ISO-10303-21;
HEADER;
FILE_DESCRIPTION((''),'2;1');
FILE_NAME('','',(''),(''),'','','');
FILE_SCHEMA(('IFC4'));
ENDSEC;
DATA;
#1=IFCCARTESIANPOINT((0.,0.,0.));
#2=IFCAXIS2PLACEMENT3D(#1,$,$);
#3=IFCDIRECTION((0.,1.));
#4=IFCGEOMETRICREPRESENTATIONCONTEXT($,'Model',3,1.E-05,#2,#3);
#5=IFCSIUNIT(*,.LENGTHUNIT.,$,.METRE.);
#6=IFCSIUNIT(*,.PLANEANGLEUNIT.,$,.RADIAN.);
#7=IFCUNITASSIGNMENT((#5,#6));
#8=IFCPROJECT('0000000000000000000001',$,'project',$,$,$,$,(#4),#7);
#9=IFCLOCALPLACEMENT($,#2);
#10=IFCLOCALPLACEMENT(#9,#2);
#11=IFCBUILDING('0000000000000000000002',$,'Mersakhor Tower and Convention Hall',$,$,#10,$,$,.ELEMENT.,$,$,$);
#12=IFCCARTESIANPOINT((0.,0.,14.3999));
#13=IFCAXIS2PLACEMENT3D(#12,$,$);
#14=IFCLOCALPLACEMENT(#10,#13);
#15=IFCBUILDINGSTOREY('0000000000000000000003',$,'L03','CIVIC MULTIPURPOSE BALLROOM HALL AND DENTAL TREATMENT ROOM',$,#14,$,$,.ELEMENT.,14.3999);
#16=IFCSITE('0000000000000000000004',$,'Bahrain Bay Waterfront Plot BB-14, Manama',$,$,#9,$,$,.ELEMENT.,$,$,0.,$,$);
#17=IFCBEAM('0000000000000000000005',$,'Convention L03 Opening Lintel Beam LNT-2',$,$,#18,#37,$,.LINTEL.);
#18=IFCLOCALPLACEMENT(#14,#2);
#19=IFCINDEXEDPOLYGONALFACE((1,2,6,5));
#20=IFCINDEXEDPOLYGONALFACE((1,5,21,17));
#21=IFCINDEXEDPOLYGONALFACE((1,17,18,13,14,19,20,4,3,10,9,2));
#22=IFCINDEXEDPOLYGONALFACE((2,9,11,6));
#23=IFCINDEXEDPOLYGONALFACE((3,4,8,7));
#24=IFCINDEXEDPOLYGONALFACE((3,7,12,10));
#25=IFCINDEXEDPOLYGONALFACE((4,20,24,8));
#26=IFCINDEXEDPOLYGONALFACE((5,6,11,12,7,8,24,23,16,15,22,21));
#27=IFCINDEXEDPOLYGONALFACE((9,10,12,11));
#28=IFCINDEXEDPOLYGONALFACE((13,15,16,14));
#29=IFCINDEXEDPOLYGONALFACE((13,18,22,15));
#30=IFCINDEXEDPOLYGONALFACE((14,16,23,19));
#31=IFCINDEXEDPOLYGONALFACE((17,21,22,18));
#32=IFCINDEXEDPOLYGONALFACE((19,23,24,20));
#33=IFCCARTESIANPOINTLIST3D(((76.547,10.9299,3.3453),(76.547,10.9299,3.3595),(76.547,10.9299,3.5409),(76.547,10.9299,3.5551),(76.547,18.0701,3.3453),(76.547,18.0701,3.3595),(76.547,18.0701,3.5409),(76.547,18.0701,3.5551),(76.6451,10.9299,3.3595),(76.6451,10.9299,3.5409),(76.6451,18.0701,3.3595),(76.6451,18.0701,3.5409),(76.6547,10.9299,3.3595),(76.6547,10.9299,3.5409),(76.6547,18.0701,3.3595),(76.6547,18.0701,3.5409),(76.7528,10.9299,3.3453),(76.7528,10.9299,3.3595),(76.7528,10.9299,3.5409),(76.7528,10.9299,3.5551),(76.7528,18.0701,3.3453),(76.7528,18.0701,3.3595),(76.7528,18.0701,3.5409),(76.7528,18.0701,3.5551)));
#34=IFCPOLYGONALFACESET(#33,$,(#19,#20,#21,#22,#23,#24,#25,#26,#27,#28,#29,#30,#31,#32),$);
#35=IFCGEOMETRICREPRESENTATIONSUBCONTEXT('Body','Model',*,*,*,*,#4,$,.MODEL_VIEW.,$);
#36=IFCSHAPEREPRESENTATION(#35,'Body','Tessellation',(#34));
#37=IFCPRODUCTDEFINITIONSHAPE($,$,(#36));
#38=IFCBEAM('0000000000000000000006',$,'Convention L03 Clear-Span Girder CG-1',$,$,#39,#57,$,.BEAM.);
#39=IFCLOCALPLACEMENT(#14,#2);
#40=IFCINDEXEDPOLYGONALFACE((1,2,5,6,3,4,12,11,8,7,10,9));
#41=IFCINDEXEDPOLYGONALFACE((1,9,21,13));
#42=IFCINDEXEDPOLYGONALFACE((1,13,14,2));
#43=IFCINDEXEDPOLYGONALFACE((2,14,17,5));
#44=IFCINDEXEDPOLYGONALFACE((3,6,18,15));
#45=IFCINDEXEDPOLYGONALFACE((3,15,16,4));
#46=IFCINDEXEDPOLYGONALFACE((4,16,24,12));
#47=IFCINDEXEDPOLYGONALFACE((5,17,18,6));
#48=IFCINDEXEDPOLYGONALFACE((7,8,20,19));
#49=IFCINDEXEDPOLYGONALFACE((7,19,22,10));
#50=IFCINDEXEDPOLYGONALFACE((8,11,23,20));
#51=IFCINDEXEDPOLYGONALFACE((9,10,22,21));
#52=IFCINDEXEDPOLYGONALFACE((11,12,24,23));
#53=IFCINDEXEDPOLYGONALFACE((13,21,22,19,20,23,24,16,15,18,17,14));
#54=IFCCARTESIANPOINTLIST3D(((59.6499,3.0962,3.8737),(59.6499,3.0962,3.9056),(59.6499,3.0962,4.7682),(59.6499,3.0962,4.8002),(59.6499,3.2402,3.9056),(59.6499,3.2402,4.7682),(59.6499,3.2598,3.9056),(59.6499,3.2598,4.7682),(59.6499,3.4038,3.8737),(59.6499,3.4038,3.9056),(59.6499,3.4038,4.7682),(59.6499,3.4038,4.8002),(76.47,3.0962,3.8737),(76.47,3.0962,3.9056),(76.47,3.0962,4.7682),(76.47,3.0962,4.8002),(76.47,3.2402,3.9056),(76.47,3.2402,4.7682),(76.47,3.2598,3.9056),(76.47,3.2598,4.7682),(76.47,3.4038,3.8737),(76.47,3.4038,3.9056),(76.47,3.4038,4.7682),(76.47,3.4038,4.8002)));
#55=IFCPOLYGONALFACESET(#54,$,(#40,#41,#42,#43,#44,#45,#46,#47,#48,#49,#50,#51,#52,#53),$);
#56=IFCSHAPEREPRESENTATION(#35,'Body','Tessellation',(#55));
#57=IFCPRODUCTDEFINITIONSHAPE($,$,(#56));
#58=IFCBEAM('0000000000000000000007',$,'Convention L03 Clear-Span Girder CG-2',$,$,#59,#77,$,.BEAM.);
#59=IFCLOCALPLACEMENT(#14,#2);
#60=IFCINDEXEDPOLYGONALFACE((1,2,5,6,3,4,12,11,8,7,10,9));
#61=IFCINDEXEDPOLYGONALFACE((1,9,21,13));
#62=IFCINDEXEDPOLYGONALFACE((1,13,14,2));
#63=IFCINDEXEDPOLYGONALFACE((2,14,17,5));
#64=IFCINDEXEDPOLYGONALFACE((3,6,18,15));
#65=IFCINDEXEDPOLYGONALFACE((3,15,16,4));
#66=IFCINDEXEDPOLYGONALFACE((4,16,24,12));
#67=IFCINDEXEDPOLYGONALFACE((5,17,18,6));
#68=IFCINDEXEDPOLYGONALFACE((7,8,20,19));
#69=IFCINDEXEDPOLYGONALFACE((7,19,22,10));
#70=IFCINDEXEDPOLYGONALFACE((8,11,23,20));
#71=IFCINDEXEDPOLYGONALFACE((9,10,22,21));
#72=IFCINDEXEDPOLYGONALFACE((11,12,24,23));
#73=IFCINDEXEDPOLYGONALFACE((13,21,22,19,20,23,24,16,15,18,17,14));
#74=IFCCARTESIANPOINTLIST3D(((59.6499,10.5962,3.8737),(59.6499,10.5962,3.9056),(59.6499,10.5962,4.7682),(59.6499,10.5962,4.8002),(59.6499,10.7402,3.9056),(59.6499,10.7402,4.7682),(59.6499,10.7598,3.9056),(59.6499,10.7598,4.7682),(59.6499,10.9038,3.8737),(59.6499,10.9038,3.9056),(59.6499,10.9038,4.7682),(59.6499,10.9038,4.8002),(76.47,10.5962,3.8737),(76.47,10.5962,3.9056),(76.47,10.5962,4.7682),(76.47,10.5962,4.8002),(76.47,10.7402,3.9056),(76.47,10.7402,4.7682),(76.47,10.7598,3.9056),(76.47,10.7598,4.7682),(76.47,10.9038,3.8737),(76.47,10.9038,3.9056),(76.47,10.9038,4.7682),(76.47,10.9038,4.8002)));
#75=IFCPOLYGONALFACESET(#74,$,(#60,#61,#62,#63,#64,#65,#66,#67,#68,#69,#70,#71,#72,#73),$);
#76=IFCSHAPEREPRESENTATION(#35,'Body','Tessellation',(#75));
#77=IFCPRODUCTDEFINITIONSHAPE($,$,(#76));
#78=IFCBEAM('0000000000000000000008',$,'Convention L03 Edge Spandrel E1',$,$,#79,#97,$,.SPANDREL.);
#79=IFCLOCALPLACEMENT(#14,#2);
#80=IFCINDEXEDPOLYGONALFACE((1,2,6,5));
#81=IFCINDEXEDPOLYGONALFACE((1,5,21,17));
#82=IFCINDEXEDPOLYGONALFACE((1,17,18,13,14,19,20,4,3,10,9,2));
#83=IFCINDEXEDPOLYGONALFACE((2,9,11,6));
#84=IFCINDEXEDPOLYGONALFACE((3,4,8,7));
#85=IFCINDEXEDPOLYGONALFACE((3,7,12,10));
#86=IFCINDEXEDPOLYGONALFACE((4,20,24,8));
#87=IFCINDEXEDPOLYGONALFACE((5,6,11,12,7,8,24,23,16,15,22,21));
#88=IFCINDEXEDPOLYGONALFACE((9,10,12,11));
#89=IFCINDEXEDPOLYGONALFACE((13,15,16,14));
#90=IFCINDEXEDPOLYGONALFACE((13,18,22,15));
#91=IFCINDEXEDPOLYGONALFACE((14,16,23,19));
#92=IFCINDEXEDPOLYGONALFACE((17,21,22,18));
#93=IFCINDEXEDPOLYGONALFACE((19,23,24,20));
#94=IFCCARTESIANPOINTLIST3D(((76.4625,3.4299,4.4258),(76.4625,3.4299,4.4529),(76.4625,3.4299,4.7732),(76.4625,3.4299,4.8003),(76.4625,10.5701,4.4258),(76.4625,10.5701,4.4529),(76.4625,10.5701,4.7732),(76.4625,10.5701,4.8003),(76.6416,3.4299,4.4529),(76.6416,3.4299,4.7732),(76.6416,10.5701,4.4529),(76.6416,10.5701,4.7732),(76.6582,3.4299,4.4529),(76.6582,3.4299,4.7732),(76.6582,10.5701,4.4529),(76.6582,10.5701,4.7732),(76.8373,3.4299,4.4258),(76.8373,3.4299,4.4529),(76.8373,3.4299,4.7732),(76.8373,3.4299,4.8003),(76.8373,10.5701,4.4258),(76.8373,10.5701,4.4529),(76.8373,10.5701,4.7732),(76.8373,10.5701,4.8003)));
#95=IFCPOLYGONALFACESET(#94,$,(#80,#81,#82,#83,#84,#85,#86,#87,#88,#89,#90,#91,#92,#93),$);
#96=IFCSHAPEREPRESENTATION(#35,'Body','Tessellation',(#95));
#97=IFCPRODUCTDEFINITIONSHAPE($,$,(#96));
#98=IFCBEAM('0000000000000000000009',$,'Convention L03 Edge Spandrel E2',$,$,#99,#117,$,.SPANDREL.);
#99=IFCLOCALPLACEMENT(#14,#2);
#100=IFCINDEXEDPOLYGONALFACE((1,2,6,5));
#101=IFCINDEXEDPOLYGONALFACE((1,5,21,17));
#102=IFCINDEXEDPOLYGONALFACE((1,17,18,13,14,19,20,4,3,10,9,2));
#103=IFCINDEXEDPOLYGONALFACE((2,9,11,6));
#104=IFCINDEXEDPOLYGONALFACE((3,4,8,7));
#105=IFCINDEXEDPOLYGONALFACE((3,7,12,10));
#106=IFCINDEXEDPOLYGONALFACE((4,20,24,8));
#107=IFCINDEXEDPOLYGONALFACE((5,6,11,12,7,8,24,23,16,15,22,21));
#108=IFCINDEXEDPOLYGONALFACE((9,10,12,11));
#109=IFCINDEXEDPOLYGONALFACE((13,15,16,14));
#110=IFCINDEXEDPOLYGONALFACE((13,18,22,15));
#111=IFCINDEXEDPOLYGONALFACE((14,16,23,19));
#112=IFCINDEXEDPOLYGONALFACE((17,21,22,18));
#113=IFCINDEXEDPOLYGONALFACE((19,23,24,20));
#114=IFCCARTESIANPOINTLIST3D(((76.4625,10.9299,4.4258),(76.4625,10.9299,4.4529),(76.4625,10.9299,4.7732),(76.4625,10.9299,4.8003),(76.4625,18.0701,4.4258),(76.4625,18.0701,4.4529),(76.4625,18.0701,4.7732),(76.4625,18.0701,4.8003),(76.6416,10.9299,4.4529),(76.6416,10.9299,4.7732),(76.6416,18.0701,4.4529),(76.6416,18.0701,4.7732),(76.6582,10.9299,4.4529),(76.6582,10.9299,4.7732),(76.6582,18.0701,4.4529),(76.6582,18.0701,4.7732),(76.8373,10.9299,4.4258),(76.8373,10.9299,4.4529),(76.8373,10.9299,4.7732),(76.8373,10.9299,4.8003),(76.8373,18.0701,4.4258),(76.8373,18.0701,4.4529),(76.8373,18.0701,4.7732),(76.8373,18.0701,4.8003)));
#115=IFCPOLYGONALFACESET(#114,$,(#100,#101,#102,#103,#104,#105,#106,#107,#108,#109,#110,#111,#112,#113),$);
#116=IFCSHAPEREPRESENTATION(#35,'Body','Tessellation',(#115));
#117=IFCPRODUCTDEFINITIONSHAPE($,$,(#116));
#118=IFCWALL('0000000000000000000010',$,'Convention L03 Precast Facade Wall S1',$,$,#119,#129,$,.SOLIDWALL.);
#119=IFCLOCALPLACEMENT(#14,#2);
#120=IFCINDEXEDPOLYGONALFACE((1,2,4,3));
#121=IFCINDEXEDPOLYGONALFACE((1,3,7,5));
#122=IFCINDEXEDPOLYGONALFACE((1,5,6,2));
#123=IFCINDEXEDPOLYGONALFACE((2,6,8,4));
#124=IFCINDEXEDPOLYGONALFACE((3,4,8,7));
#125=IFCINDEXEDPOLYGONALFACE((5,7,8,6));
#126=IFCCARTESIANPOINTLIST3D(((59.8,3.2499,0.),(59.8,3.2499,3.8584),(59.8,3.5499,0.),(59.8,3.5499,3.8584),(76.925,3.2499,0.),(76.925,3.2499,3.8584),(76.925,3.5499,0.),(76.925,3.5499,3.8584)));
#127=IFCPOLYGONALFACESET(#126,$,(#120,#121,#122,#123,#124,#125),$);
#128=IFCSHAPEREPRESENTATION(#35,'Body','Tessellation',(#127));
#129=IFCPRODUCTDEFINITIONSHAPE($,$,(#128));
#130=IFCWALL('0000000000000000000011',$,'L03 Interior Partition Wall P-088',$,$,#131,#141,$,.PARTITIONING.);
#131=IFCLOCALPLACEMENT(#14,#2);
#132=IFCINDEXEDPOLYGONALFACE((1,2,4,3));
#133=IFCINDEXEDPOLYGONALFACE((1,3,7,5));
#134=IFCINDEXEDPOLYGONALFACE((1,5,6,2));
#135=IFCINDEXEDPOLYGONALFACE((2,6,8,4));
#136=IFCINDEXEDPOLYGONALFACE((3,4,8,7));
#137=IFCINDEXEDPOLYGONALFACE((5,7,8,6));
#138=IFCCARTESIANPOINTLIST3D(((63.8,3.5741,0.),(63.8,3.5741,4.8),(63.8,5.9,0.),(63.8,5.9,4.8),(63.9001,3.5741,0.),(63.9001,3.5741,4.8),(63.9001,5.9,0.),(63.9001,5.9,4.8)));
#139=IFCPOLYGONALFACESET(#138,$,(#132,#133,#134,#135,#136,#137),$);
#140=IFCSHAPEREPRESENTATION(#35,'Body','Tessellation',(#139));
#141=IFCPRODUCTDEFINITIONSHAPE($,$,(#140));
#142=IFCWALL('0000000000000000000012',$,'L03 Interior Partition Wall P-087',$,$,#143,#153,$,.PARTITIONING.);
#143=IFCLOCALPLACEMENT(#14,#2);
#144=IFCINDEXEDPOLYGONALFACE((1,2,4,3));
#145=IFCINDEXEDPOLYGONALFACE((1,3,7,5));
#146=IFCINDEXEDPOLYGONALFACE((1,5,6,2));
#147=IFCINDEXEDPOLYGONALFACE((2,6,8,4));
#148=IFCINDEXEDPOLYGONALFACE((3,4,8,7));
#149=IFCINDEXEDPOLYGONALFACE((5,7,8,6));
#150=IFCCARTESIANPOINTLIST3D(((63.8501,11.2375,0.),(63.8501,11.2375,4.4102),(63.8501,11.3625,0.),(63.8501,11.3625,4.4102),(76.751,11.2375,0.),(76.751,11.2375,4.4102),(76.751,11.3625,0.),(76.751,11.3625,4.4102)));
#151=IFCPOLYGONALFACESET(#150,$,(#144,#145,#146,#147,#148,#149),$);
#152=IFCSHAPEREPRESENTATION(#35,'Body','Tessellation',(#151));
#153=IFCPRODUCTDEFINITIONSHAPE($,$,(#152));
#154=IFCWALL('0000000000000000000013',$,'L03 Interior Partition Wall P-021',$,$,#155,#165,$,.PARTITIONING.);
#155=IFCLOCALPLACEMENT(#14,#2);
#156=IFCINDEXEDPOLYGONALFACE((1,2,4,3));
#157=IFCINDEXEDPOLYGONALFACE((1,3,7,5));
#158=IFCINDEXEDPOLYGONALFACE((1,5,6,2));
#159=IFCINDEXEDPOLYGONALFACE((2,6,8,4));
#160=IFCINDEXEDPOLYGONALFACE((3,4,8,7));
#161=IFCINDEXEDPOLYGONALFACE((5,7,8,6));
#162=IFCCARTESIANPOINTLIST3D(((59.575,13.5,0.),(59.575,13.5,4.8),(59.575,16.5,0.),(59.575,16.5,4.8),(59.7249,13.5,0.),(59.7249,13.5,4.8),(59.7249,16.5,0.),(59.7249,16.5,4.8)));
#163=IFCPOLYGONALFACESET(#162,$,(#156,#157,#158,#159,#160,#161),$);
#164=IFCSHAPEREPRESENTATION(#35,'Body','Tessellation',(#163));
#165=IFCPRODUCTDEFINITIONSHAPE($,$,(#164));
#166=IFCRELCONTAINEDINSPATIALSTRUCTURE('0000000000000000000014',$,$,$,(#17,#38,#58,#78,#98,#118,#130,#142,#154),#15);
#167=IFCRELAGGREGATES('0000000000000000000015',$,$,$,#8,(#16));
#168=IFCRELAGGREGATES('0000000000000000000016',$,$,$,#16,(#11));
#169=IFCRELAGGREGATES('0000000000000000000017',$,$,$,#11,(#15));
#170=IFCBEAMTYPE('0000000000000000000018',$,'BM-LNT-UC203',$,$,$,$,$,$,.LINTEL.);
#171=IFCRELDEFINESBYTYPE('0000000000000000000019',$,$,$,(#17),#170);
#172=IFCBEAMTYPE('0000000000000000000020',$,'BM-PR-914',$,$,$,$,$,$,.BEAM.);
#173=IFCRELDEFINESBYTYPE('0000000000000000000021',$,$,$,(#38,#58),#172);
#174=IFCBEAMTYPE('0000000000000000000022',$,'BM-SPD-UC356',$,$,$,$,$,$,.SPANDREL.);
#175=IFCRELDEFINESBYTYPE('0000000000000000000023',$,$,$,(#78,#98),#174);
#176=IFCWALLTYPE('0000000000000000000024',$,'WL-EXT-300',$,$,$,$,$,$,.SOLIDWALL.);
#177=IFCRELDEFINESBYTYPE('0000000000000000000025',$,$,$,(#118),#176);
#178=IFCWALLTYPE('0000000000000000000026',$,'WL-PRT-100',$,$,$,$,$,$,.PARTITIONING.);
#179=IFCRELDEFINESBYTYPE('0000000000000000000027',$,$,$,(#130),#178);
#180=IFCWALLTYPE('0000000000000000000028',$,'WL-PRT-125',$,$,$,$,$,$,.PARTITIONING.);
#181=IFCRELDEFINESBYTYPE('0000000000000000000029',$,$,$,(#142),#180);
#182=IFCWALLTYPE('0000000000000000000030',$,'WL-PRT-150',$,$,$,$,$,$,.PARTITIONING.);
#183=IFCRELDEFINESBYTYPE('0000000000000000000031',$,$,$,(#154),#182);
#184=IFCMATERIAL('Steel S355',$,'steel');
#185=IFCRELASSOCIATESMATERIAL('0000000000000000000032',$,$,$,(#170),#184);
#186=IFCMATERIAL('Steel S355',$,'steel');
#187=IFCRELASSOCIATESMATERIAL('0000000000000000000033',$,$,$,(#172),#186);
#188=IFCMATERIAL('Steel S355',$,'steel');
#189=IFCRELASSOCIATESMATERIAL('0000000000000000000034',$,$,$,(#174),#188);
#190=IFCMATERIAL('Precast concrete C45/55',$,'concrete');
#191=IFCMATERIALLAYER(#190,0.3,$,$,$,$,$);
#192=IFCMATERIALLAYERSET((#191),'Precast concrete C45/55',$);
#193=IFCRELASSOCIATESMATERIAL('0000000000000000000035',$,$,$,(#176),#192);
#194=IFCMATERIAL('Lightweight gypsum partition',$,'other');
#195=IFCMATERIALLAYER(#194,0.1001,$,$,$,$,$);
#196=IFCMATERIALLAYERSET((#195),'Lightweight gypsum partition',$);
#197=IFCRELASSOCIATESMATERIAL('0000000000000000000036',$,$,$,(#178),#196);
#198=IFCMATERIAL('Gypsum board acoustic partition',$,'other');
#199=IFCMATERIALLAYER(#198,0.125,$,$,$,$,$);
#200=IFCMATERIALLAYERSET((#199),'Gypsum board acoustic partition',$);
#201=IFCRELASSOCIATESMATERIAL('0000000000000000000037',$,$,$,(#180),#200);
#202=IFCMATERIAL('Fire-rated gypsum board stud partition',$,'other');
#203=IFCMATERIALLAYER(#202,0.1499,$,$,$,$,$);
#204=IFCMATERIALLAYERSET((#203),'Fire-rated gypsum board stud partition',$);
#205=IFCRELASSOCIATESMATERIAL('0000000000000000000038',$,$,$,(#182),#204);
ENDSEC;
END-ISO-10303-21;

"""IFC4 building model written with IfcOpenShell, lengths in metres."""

from ifc_helpers import new_model, si_unit, direction, frame, frame_2d, origin, origin_2d, place, context, subcontext, project, spatial, rectangle, i_section, extrude, material, layer, layer_set, material_profile, profile_set, type_object, element, save


model = new_model("IFC4")

# Units and contexts
model_context = context("Model", 3, precision=1e-05, world=origin(), true_north=direction((0.0, 1.0)))
body_context = subcontext(model_context, "Body", "Model", "MODEL_VIEW")
ifc_project = project(units=[si_unit("LENGTHUNIT", "METRE"), si_unit("PLANEANGLEUNIT", "RADIAN")], contexts=[model_context])

# Site, building, storey
site_placement = place(None, origin())
site = spatial("IfcSite", under=ifc_project, at=site_placement, Name="Bahrain Bay Waterfront Plot BB-14, Manama", CompositionType="ELEMENT", RefElevation=0.0)
building_placement = place(site_placement, origin())
building = spatial("IfcBuilding", under=site, at=building_placement, Name="Mersakhor Tower and Convention Hall", CompositionType="ELEMENT")
storey_placement = place(building_placement, frame((0.0, 0.0, 14.3999)))
storey = spatial("IfcBuildingStorey", under=building, at=storey_placement, Name="L03", Description="CIVIC MULTIPURPOSE BALLROOM HALL AND DENTAL TREATMENT ROOM", CompositionType="ELEMENT", Elevation=14.3999)

# Beams
ifc_material_1 = material(Name="Steel S355", Category="steel")
ifc_material_profile_1 = material_profile(ifc_material_1, i_section(OverallWidth=0.2058, OverallDepth=0.2097, WebThickness=0.0095, FlangeThickness=0.0142, at=origin_2d()), Name="UC 203x203x60")
ifc_profile_set_1 = profile_set([ifc_material_profile_1], Name="Steel S355")
beam_type_1 = type_object("IfcBeamType", Name="BM-LNT-UC203", PredefinedType="LINTEL", material=ifc_profile_set_1)
beam_placement = place(storey_placement, frame((76.6499, 10.9299, 3.4502), z_axis=(0.0, 1.0, 0.0), x_axis=(-1.0, 0.0, 0.0)))
element("IfcBeam", 1, at=beam_placement, inside=storey, type_object=beam_type_1, Name="Convention L03 Opening Lintel Beam LNT-2", PredefinedType="LINTEL", context=body_context, shape_type="SweptSolid", body=[
    extrude(i_section(OverallWidth=0.2058, OverallDepth=0.2097, WebThickness=0.0095, FlangeThickness=0.0142, at=origin_2d()), origin(), (0.0, 0.0, 1.0), 7.1401),
])
ifc_material_2 = material(Name="Steel S355", Category="steel")
ifc_material_profile_2 = material_profile(ifc_material_2, i_section(OverallWidth=0.3076, OverallDepth=0.9265, WebThickness=0.0195, FlangeThickness=0.032, at=origin_2d()), Name="UB 914x305x289")
ifc_profile_set_2 = profile_set([ifc_material_profile_2], Name="Steel S355")
beam_type_2 = type_object("IfcBeamType", Name="BM-PR-914", PredefinedType="BEAM", material=ifc_profile_set_2)
for number, where, z_axis, x_axis, name in (
    (2, (59.6499, 3.25, 4.3369), (1.0, 0.0, 0.0), (0.0, 1.0, 0.0), "Convention L03 Clear-Span Girder CG-1"),
    (3, (59.6499, 10.75, 4.3369), (1.0, 0.0, 0.0), (0.0, 1.0, 0.0), "Convention L03 Clear-Span Girder CG-2"),
):
    element("IfcBeam", number, at=place(storey_placement, frame(where, z_axis=z_axis, x_axis=x_axis)), inside=storey, type_object=beam_type_2, Name=name, PredefinedType="BEAM", context=body_context, shape_type="SweptSolid", body=[
        extrude(i_section(OverallWidth=0.3076, OverallDepth=0.9265, WebThickness=0.0195, FlangeThickness=0.032, at=origin_2d()), origin(), (0.0, 0.0, 1.0), 16.8201),
    ])
ifc_material_3 = material(Name="Steel S355", Category="steel")
ifc_material_profile_3 = material_profile(ifc_material_3, i_section(OverallWidth=0.3748, OverallDepth=0.3745, WebThickness=0.0166, FlangeThickness=0.0271, at=origin_2d()), Name="UC 356x368x202")
ifc_profile_set_3 = profile_set([ifc_material_profile_3], Name="Steel S355")
beam_type_3 = type_object("IfcBeamType", Name="BM-SPD-UC356", PredefinedType="SPANDREL", material=ifc_profile_set_3)
for number, where, z_axis, x_axis, name in (
    (4, (76.6499, 3.4299, 4.613), (0.0, 1.0, 0.0), (-1.0, 0.0, 0.0), "Convention L03 Edge Spandrel E1"),
    (5, (76.6499, 10.9299, 4.613), (0.0, 1.0, 0.0), (-1.0, 0.0, 0.0), "Convention L03 Edge Spandrel E2"),
):
    element("IfcBeam", number, at=place(storey_placement, frame(where, z_axis=z_axis, x_axis=x_axis)), inside=storey, type_object=beam_type_3, Name=name, PredefinedType="SPANDREL", context=body_context, shape_type="SweptSolid", body=[
        extrude(i_section(OverallWidth=0.3748, OverallDepth=0.3745, WebThickness=0.0166, FlangeThickness=0.0271, at=origin_2d()), origin(), (0.0, 0.0, 1.0), 7.1401),
    ])

# Walls
ifc_material_4 = material(Name="Precast concrete C45/55", Category="concrete")
ifc_layer_1 = layer(ifc_material_4, 0.3)
ifc_layer_set_1 = layer_set([ifc_layer_1], Name="Precast concrete C45/55")
wall_type_1 = type_object("IfcWallType", Name="WL-EXT-300", PredefinedType="SOLIDWALL", material=ifc_layer_set_1)
wall_1_placement = place(storey_placement, frame((76.925, 3.3999, 0.0), z_axis=(0.0, 0.0, 1.0), x_axis=(-1.0, 0.0, 0.0)))
element("IfcWall", 6, at=wall_1_placement, inside=storey, type_object=wall_type_1, Name="Convention L03 Precast Facade Wall S1", PredefinedType="SOLIDWALL", context=body_context, shape_type="SweptSolid", body=[
    extrude(rectangle(XDim=17.125, YDim=0.3, at=frame_2d((8.5625, 0.0))), origin(), (0.0, 0.0, 1.0), 3.8584),
])
ifc_material_5 = material(Name="Lightweight gypsum partition", Category="other")
ifc_layer_2 = layer(ifc_material_5, 0.1001)
ifc_layer_set_2 = layer_set([ifc_layer_2], Name="Lightweight gypsum partition")
wall_type_2 = type_object("IfcWallType", Name="WL-PRT-100", PredefinedType="PARTITIONING", material=ifc_layer_set_2)
wall_2_placement = place(storey_placement, frame((63.8501, 3.574, 0.0), z_axis=(0.0, 0.0, 1.0), x_axis=(0.0, 1.0, 0.0)))
element("IfcWall", 7, at=wall_2_placement, inside=storey, type_object=wall_type_2, Name="L03 Interior Partition Wall P-088", PredefinedType="PARTITIONING", context=body_context, shape_type="SweptSolid", body=[
    extrude(rectangle(XDim=2.3259, YDim=0.1001, at=frame_2d((1.1631, 0.0))), origin(), (0.0, 0.0, 1.0), 4.8),
])
ifc_material_6 = material(Name="Gypsum board acoustic partition", Category="other")
ifc_layer_3 = layer(ifc_material_6, 0.125)
ifc_layer_set_3 = layer_set([ifc_layer_3], Name="Gypsum board acoustic partition")
wall_type_3 = type_object("IfcWallType", Name="WL-PRT-125", PredefinedType="PARTITIONING", material=ifc_layer_set_3)
wall_3_placement = place(storey_placement, frame((76.751, 11.3, 0.0), z_axis=(0.0, 0.0, 1.0), x_axis=(-1.0, 0.0, 0.0)))
element("IfcWall", 8, at=wall_3_placement, inside=storey, type_object=wall_type_3, Name="L03 Interior Partition Wall P-087", PredefinedType="PARTITIONING", context=body_context, shape_type="SweptSolid", body=[
    extrude(rectangle(XDim=12.9009, YDim=0.125, at=frame_2d((6.4504, 0.0))), origin(), (0.0, 0.0, 1.0), 4.4102),
])
ifc_material_7 = material(Name="Fire-rated gypsum board stud partition", Category="other")
ifc_layer_4 = layer(ifc_material_7, 0.1499)
ifc_layer_set_4 = layer_set([ifc_layer_4], Name="Fire-rated gypsum board stud partition")
wall_type_4 = type_object("IfcWallType", Name="WL-PRT-150", PredefinedType="PARTITIONING", material=ifc_layer_set_4)
wall_4_placement = place(storey_placement, frame((59.6499, 13.5, 0.0), z_axis=(0.0, 0.0, 1.0), x_axis=(0.0, 1.0, 0.0)))
element("IfcWall", 9, at=wall_4_placement, inside=storey, type_object=wall_type_4, Name="L03 Interior Partition Wall P-021", PredefinedType="PARTITIONING", context=body_context, shape_type="SweptSolid", body=[
    extrude(rectangle(XDim=3.0, YDim=0.1499, at=frame_2d((1.5, 0.0))), origin(), (0.0, 0.0, 1.0), 4.8),
])

save(model, "model.ifc")
